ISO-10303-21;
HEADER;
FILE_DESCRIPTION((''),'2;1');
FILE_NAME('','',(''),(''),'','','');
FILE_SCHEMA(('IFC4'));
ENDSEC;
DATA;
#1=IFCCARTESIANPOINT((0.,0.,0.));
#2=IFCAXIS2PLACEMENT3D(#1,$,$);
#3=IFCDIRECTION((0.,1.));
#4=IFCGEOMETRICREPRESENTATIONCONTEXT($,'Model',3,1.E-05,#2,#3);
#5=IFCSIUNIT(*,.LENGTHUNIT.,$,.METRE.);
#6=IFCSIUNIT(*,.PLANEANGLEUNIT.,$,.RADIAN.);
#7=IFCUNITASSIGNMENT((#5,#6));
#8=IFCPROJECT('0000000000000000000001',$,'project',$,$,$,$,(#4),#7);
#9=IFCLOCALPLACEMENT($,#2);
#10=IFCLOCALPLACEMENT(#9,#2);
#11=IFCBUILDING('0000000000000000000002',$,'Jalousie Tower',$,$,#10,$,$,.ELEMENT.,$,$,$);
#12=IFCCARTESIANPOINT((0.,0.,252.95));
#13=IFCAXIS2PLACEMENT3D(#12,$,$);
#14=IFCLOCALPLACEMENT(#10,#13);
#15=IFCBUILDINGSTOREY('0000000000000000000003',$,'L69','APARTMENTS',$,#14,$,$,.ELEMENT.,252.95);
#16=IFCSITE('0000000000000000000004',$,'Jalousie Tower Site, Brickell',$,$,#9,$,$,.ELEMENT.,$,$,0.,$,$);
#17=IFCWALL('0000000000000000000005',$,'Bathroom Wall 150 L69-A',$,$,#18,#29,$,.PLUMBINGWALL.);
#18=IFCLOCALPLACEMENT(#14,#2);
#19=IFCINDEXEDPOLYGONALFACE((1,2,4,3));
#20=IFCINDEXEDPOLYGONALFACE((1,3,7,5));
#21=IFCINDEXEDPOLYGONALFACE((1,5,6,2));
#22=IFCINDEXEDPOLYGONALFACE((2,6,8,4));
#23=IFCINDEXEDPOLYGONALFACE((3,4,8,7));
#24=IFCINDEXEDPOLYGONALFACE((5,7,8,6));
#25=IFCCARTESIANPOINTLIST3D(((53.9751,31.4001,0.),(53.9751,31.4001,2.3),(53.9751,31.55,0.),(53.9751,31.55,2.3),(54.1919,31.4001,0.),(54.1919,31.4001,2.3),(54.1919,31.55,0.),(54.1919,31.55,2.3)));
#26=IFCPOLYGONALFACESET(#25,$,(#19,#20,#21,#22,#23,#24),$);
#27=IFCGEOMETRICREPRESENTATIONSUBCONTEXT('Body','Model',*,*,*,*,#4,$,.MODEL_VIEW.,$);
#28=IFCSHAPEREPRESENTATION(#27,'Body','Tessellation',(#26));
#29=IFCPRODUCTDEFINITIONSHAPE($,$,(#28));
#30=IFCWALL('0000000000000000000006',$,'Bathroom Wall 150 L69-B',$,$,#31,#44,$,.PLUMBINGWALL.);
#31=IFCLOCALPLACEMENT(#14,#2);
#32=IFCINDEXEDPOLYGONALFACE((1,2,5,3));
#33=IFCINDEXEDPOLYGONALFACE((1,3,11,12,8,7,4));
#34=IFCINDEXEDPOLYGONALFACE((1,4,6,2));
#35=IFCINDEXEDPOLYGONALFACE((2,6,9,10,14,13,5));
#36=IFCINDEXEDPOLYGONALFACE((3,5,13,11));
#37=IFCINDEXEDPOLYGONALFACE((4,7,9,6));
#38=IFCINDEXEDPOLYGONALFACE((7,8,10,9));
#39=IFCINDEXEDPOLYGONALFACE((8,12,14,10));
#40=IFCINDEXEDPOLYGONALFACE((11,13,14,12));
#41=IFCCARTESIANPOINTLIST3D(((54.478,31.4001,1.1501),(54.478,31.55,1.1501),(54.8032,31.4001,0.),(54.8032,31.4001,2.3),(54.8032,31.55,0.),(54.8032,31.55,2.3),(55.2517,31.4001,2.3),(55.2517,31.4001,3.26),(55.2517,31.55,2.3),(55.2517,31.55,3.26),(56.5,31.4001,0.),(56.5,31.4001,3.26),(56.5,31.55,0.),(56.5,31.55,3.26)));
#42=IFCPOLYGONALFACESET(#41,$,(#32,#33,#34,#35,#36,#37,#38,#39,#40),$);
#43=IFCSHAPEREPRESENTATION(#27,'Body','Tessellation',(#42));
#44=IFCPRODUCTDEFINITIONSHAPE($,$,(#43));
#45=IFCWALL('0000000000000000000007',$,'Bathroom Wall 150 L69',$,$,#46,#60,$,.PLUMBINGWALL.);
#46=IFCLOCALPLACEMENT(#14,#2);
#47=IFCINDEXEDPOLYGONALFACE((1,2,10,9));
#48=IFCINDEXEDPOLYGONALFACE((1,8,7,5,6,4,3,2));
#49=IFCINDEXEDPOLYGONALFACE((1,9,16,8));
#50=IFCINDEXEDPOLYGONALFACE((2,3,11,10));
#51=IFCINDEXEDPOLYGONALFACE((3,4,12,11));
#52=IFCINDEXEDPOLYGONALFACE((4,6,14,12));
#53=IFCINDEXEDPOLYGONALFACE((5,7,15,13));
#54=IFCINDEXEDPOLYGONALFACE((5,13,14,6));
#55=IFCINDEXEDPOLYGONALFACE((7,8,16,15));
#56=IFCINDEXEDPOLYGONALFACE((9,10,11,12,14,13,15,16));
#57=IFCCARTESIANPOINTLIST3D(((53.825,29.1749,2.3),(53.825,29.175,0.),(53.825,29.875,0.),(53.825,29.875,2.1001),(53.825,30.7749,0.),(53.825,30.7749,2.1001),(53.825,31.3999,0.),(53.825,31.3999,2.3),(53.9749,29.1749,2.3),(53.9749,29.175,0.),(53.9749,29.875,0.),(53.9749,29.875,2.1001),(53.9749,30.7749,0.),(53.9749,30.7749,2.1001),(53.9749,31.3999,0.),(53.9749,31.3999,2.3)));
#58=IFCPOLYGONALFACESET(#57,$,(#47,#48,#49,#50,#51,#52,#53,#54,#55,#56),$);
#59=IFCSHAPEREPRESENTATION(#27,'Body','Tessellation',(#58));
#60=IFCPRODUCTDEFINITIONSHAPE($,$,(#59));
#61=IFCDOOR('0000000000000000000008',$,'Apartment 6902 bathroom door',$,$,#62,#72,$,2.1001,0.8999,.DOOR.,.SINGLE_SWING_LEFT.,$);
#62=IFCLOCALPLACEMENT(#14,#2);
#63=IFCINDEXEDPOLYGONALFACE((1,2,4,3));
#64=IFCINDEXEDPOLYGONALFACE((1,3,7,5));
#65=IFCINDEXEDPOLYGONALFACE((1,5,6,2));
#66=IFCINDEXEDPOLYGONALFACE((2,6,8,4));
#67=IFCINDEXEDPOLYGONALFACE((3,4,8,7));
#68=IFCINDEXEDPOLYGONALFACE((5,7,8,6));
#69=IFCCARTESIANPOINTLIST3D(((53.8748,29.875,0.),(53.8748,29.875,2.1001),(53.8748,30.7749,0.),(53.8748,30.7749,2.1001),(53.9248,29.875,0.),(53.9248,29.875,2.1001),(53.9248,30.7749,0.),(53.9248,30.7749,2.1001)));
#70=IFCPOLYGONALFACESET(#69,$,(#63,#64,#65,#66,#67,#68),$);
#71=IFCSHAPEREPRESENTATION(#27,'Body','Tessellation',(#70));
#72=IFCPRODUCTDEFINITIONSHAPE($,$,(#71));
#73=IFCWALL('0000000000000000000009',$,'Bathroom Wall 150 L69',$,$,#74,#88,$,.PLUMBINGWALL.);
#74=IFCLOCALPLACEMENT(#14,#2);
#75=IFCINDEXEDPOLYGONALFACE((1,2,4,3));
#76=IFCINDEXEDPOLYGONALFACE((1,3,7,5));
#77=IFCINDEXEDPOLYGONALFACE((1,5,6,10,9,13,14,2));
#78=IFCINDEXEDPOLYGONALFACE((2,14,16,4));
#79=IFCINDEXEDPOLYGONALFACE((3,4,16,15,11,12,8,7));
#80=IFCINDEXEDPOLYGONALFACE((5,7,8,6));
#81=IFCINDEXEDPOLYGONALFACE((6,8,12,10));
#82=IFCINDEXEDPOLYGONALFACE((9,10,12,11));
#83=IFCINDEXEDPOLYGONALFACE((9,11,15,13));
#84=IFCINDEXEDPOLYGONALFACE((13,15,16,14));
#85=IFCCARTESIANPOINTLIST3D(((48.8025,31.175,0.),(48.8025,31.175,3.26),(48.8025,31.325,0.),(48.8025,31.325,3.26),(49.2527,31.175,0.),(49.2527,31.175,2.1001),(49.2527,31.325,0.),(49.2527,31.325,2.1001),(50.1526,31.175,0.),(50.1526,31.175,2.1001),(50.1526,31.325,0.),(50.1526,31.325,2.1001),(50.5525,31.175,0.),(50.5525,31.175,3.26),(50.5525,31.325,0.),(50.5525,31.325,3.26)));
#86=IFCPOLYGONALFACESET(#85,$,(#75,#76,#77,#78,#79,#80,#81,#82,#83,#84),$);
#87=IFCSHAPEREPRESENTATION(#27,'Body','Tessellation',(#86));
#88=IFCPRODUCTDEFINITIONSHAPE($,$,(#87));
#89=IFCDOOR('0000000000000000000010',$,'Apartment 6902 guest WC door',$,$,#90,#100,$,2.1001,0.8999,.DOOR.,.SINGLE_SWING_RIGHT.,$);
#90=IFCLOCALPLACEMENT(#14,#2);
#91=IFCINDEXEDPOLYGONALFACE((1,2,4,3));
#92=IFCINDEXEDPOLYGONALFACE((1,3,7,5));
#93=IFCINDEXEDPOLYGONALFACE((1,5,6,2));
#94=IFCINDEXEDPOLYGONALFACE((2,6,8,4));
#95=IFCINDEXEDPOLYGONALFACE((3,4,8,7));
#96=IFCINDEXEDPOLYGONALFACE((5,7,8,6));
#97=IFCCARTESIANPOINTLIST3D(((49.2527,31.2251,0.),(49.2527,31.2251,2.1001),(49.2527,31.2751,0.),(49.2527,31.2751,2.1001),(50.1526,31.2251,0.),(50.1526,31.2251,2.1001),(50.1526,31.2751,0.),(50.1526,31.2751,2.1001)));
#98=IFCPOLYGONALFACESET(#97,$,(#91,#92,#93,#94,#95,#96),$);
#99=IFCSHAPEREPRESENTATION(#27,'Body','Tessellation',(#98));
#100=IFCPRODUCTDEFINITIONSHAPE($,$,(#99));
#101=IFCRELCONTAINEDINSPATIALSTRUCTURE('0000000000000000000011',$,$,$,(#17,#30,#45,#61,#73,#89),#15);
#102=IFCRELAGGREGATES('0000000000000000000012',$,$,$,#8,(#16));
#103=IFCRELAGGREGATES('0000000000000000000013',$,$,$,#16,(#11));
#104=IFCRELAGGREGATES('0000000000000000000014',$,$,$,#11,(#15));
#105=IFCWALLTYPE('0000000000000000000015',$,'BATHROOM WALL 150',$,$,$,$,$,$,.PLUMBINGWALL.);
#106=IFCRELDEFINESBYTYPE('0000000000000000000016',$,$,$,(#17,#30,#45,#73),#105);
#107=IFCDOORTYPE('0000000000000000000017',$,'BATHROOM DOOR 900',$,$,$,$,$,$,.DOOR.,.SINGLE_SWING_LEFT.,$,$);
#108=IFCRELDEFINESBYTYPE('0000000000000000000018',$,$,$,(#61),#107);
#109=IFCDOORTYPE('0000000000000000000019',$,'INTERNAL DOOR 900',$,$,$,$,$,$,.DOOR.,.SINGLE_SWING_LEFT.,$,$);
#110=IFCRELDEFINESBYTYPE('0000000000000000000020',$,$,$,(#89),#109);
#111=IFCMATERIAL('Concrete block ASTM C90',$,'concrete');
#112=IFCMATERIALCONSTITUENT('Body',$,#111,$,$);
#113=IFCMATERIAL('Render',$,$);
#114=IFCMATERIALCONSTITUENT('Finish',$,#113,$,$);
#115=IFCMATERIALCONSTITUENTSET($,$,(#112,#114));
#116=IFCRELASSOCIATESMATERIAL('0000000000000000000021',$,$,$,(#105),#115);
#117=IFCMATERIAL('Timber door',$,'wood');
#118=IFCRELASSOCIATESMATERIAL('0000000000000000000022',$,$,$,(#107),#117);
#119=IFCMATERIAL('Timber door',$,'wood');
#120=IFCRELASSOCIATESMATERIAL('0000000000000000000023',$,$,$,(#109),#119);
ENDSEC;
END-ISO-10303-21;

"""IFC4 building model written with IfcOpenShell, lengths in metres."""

from ifc_helpers import new_model, si_unit, direction, frame, frame_2d, origin, place, context, subcontext, project, spatial, polyline, rectangle, outline, extrude, material, constituent, constituent_set, type_object, element, fill, save


model = new_model("IFC4")

# Units and contexts
model_context = context("Model", 3, precision=1e-05, world=origin(), true_north=direction((0.0, 1.0)))
body_context = subcontext(model_context, "Body", "Model", "MODEL_VIEW")
ifc_project = project(units=[si_unit("LENGTHUNIT", "METRE"), si_unit("PLANEANGLEUNIT", "RADIAN")], contexts=[model_context])

# Site, building, storey
site_placement = place(None, origin())
site = spatial("IfcSite", under=ifc_project, at=site_placement, Name="Jalousie Tower Site, Brickell", CompositionType="ELEMENT", RefElevation=0.0)
building_placement = place(site_placement, origin())
building = spatial("IfcBuilding", under=site, at=building_placement, Name="Jalousie Tower", CompositionType="ELEMENT")
storey_placement = place(building_placement, frame((0.0, 0.0, 252.95)))
storey = spatial("IfcBuildingStorey", under=building, at=storey_placement, Name="L69", Description="APARTMENTS", CompositionType="ELEMENT", Elevation=252.95)

# Walls
ifc_material_1 = material(Name="Concrete block ASTM C90", Category="concrete")
ifc_constituent_1 = constituent(ifc_material_1, Name="Body")
ifc_material_2 = material(Name="Render")
ifc_constituent_2 = constituent(ifc_material_2, Name="Finish")
ifc_constituent_set_1 = constituent_set(constituents=[ifc_constituent_1, ifc_constituent_2])
wall_type_1 = type_object("IfcWallType", Name="BATHROOM WALL 150", PredefinedType="PLUMBINGWALL", material=ifc_constituent_set_1)
wall_1_placement = place(storey_placement, frame((53.9751, 31.4751, 0.0), z_axis=(0.0, 0.0, 1.0), x_axis=(1.0, 0.0, 0.0)))
element("IfcWall", 1, at=wall_1_placement, inside=storey, type_object=wall_type_1, Name="Bathroom Wall 150 L69-A", PredefinedType="PLUMBINGWALL", context=body_context, shape_type="SweptSolid", body=[
    extrude(rectangle(XDim=0.2168, YDim=0.1499, at=frame_2d((0.1084, 0.0))), origin(), (0.0, 0.0, 1.0), 2.3),
])
wall_2_placement = place(storey_placement, frame((54.478, 31.4751, 0.0), z_axis=(0.0, 0.0, 1.0), x_axis=(1.0, 0.0, 0.0)))
element("IfcWall", 2, at=wall_2_placement, inside=storey, type_object=wall_type_1, Name="Bathroom Wall 150 L69-B", PredefinedType="PLUMBINGWALL", context=body_context, shape_type="SweptSolid", body=[
    extrude(outline(polyline([(0.7737, 3.26), (0.7737, 2.3), (0.3252, 2.3), (0.0, 1.1501), (0.3252, 0.0), (2.022, 0.0), (2.022, 3.26), (0.7737, 3.26)])), frame((0.0, 0.075, 0.0), z_axis=(0.0, -1.0, 0.0), x_axis=(1.0, 0.0, 0.0)), (0.0, 0.0, 1.0), 0.1499),
])

# Walls, openings, doors
wall_3_placement = place(storey_placement, frame((53.8999, 31.3999, 0.0), z_axis=(0.0, 0.0, 1.0), x_axis=(0.0, -1.0, 0.0)))
wall_3 = element("IfcWall", 3, at=wall_3_placement, inside=storey, type_object=wall_type_1, Name="Bathroom Wall 150 L69", PredefinedType="PLUMBINGWALL", context=body_context, shape_type="SweptSolid", body=[
    extrude(outline(polyline([(0.0, 0.0), (2.2249, 0.0), (2.2251, 3.26), (2.2251, 2.3), (0.438, 2.3), (0.0, 2.3), (0.0, 3.26), (0.0, 0.0)])), frame((0.0, 0.075, 0.0), z_axis=(0.0, -1.0, 0.0), x_axis=(1.0, 0.0, 0.0)), (0.0, 0.0, 1.0), 0.1499),
])
opening_1_placement = place(wall_3_placement, frame((0.625, 0.0, 0.0)))
opening_1 = element("IfcOpeningElement", 4, at=opening_1_placement, cuts=wall_3, PredefinedType="OPENING", context=body_context, shape_type="SweptSolid", body=[
    extrude(rectangle(XDim=0.8999, YDim=2.1001, at=frame_2d((0.45, 1.05))), frame((0.0, 0.085, 0.0), z_axis=(0.0, -1.0, 0.0), x_axis=(1.0, 0.0, 0.0)), (0.0, 0.0, 1.0), 0.1699),
])
ifc_material_3 = material(Name="Timber door", Category="wood")
door_type_1 = type_object("IfcDoorType", Name="BATHROOM DOOR 900", OperationType="SINGLE_SWING_LEFT", PredefinedType="DOOR", material=ifc_material_3)
door_1_placement = place(opening_1_placement, origin())
door_1 = element("IfcDoor", 5, at=door_1_placement, inside=storey, type_object=door_type_1, Name="Apartment 6902 bathroom door", OperationType="SINGLE_SWING_LEFT", OverallHeight=2.1001, OverallWidth=0.8999, PredefinedType="DOOR", context=body_context, shape_type="SweptSolid", body=[
    extrude(rectangle(XDim=0.8999, YDim=2.1001, at=frame_2d((0.45, 1.05))), frame((0.0, 0.0249, 0.0), z_axis=(0.0, -1.0, 0.0), x_axis=(1.0, 0.0, 0.0)), (0.0, 0.0, 1.0), 0.05),
])
fill(opening_1, door_1)
wall_4_placement = place(storey_placement, frame((50.5525, 31.25, 0.0), z_axis=(0.0, 0.0, 1.0), x_axis=(-1.0, 0.0, 0.0)))
wall_4 = element("IfcWall", 6, at=wall_4_placement, inside=storey, type_object=wall_type_1, Name="Bathroom Wall 150 L69", PredefinedType="PLUMBINGWALL", context=body_context, shape_type="SweptSolid", body=[
    extrude(rectangle(XDim=1.75, YDim=0.1499, at=frame_2d((0.875, 0.0))), origin(), (0.0, 0.0, 1.0), 3.26),
])
opening_2_placement = place(wall_4_placement, frame((0.3999, 0.0, 0.0)))
opening_2 = element("IfcOpeningElement", 7, at=opening_2_placement, cuts=wall_4, PredefinedType="OPENING", context=body_context, shape_type="SweptSolid", body=[
    extrude(rectangle(XDim=0.8999, YDim=2.1001, at=frame_2d((0.45, 1.05))), frame((0.0, 0.085, 0.0), z_axis=(0.0, -1.0, 0.0), x_axis=(1.0, 0.0, 0.0)), (0.0, 0.0, 1.0), 0.1699),
])
ifc_material_4 = material(Name="Timber door", Category="wood")
door_type_2 = type_object("IfcDoorType", Name="INTERNAL DOOR 900", OperationType="SINGLE_SWING_LEFT", PredefinedType="DOOR", material=ifc_material_4)
door_2_placement = place(opening_2_placement, origin())
door_2 = element("IfcDoor", 8, at=door_2_placement, inside=storey, type_object=door_type_2, Name="Apartment 6902 guest WC door", OperationType="SINGLE_SWING_RIGHT", OverallHeight=2.1001, OverallWidth=0.8999, PredefinedType="DOOR", context=body_context, shape_type="SweptSolid", body=[
    extrude(rectangle(XDim=0.8999, YDim=2.1001, at=frame_2d((0.45, 1.05))), frame((0.0, 0.0249, 0.0), z_axis=(0.0, -1.0, 0.0), x_axis=(1.0, 0.0, 0.0)), (0.0, 0.0, 1.0), 0.05),
])
fill(opening_2, door_2)

save(model, "model.ifc")
